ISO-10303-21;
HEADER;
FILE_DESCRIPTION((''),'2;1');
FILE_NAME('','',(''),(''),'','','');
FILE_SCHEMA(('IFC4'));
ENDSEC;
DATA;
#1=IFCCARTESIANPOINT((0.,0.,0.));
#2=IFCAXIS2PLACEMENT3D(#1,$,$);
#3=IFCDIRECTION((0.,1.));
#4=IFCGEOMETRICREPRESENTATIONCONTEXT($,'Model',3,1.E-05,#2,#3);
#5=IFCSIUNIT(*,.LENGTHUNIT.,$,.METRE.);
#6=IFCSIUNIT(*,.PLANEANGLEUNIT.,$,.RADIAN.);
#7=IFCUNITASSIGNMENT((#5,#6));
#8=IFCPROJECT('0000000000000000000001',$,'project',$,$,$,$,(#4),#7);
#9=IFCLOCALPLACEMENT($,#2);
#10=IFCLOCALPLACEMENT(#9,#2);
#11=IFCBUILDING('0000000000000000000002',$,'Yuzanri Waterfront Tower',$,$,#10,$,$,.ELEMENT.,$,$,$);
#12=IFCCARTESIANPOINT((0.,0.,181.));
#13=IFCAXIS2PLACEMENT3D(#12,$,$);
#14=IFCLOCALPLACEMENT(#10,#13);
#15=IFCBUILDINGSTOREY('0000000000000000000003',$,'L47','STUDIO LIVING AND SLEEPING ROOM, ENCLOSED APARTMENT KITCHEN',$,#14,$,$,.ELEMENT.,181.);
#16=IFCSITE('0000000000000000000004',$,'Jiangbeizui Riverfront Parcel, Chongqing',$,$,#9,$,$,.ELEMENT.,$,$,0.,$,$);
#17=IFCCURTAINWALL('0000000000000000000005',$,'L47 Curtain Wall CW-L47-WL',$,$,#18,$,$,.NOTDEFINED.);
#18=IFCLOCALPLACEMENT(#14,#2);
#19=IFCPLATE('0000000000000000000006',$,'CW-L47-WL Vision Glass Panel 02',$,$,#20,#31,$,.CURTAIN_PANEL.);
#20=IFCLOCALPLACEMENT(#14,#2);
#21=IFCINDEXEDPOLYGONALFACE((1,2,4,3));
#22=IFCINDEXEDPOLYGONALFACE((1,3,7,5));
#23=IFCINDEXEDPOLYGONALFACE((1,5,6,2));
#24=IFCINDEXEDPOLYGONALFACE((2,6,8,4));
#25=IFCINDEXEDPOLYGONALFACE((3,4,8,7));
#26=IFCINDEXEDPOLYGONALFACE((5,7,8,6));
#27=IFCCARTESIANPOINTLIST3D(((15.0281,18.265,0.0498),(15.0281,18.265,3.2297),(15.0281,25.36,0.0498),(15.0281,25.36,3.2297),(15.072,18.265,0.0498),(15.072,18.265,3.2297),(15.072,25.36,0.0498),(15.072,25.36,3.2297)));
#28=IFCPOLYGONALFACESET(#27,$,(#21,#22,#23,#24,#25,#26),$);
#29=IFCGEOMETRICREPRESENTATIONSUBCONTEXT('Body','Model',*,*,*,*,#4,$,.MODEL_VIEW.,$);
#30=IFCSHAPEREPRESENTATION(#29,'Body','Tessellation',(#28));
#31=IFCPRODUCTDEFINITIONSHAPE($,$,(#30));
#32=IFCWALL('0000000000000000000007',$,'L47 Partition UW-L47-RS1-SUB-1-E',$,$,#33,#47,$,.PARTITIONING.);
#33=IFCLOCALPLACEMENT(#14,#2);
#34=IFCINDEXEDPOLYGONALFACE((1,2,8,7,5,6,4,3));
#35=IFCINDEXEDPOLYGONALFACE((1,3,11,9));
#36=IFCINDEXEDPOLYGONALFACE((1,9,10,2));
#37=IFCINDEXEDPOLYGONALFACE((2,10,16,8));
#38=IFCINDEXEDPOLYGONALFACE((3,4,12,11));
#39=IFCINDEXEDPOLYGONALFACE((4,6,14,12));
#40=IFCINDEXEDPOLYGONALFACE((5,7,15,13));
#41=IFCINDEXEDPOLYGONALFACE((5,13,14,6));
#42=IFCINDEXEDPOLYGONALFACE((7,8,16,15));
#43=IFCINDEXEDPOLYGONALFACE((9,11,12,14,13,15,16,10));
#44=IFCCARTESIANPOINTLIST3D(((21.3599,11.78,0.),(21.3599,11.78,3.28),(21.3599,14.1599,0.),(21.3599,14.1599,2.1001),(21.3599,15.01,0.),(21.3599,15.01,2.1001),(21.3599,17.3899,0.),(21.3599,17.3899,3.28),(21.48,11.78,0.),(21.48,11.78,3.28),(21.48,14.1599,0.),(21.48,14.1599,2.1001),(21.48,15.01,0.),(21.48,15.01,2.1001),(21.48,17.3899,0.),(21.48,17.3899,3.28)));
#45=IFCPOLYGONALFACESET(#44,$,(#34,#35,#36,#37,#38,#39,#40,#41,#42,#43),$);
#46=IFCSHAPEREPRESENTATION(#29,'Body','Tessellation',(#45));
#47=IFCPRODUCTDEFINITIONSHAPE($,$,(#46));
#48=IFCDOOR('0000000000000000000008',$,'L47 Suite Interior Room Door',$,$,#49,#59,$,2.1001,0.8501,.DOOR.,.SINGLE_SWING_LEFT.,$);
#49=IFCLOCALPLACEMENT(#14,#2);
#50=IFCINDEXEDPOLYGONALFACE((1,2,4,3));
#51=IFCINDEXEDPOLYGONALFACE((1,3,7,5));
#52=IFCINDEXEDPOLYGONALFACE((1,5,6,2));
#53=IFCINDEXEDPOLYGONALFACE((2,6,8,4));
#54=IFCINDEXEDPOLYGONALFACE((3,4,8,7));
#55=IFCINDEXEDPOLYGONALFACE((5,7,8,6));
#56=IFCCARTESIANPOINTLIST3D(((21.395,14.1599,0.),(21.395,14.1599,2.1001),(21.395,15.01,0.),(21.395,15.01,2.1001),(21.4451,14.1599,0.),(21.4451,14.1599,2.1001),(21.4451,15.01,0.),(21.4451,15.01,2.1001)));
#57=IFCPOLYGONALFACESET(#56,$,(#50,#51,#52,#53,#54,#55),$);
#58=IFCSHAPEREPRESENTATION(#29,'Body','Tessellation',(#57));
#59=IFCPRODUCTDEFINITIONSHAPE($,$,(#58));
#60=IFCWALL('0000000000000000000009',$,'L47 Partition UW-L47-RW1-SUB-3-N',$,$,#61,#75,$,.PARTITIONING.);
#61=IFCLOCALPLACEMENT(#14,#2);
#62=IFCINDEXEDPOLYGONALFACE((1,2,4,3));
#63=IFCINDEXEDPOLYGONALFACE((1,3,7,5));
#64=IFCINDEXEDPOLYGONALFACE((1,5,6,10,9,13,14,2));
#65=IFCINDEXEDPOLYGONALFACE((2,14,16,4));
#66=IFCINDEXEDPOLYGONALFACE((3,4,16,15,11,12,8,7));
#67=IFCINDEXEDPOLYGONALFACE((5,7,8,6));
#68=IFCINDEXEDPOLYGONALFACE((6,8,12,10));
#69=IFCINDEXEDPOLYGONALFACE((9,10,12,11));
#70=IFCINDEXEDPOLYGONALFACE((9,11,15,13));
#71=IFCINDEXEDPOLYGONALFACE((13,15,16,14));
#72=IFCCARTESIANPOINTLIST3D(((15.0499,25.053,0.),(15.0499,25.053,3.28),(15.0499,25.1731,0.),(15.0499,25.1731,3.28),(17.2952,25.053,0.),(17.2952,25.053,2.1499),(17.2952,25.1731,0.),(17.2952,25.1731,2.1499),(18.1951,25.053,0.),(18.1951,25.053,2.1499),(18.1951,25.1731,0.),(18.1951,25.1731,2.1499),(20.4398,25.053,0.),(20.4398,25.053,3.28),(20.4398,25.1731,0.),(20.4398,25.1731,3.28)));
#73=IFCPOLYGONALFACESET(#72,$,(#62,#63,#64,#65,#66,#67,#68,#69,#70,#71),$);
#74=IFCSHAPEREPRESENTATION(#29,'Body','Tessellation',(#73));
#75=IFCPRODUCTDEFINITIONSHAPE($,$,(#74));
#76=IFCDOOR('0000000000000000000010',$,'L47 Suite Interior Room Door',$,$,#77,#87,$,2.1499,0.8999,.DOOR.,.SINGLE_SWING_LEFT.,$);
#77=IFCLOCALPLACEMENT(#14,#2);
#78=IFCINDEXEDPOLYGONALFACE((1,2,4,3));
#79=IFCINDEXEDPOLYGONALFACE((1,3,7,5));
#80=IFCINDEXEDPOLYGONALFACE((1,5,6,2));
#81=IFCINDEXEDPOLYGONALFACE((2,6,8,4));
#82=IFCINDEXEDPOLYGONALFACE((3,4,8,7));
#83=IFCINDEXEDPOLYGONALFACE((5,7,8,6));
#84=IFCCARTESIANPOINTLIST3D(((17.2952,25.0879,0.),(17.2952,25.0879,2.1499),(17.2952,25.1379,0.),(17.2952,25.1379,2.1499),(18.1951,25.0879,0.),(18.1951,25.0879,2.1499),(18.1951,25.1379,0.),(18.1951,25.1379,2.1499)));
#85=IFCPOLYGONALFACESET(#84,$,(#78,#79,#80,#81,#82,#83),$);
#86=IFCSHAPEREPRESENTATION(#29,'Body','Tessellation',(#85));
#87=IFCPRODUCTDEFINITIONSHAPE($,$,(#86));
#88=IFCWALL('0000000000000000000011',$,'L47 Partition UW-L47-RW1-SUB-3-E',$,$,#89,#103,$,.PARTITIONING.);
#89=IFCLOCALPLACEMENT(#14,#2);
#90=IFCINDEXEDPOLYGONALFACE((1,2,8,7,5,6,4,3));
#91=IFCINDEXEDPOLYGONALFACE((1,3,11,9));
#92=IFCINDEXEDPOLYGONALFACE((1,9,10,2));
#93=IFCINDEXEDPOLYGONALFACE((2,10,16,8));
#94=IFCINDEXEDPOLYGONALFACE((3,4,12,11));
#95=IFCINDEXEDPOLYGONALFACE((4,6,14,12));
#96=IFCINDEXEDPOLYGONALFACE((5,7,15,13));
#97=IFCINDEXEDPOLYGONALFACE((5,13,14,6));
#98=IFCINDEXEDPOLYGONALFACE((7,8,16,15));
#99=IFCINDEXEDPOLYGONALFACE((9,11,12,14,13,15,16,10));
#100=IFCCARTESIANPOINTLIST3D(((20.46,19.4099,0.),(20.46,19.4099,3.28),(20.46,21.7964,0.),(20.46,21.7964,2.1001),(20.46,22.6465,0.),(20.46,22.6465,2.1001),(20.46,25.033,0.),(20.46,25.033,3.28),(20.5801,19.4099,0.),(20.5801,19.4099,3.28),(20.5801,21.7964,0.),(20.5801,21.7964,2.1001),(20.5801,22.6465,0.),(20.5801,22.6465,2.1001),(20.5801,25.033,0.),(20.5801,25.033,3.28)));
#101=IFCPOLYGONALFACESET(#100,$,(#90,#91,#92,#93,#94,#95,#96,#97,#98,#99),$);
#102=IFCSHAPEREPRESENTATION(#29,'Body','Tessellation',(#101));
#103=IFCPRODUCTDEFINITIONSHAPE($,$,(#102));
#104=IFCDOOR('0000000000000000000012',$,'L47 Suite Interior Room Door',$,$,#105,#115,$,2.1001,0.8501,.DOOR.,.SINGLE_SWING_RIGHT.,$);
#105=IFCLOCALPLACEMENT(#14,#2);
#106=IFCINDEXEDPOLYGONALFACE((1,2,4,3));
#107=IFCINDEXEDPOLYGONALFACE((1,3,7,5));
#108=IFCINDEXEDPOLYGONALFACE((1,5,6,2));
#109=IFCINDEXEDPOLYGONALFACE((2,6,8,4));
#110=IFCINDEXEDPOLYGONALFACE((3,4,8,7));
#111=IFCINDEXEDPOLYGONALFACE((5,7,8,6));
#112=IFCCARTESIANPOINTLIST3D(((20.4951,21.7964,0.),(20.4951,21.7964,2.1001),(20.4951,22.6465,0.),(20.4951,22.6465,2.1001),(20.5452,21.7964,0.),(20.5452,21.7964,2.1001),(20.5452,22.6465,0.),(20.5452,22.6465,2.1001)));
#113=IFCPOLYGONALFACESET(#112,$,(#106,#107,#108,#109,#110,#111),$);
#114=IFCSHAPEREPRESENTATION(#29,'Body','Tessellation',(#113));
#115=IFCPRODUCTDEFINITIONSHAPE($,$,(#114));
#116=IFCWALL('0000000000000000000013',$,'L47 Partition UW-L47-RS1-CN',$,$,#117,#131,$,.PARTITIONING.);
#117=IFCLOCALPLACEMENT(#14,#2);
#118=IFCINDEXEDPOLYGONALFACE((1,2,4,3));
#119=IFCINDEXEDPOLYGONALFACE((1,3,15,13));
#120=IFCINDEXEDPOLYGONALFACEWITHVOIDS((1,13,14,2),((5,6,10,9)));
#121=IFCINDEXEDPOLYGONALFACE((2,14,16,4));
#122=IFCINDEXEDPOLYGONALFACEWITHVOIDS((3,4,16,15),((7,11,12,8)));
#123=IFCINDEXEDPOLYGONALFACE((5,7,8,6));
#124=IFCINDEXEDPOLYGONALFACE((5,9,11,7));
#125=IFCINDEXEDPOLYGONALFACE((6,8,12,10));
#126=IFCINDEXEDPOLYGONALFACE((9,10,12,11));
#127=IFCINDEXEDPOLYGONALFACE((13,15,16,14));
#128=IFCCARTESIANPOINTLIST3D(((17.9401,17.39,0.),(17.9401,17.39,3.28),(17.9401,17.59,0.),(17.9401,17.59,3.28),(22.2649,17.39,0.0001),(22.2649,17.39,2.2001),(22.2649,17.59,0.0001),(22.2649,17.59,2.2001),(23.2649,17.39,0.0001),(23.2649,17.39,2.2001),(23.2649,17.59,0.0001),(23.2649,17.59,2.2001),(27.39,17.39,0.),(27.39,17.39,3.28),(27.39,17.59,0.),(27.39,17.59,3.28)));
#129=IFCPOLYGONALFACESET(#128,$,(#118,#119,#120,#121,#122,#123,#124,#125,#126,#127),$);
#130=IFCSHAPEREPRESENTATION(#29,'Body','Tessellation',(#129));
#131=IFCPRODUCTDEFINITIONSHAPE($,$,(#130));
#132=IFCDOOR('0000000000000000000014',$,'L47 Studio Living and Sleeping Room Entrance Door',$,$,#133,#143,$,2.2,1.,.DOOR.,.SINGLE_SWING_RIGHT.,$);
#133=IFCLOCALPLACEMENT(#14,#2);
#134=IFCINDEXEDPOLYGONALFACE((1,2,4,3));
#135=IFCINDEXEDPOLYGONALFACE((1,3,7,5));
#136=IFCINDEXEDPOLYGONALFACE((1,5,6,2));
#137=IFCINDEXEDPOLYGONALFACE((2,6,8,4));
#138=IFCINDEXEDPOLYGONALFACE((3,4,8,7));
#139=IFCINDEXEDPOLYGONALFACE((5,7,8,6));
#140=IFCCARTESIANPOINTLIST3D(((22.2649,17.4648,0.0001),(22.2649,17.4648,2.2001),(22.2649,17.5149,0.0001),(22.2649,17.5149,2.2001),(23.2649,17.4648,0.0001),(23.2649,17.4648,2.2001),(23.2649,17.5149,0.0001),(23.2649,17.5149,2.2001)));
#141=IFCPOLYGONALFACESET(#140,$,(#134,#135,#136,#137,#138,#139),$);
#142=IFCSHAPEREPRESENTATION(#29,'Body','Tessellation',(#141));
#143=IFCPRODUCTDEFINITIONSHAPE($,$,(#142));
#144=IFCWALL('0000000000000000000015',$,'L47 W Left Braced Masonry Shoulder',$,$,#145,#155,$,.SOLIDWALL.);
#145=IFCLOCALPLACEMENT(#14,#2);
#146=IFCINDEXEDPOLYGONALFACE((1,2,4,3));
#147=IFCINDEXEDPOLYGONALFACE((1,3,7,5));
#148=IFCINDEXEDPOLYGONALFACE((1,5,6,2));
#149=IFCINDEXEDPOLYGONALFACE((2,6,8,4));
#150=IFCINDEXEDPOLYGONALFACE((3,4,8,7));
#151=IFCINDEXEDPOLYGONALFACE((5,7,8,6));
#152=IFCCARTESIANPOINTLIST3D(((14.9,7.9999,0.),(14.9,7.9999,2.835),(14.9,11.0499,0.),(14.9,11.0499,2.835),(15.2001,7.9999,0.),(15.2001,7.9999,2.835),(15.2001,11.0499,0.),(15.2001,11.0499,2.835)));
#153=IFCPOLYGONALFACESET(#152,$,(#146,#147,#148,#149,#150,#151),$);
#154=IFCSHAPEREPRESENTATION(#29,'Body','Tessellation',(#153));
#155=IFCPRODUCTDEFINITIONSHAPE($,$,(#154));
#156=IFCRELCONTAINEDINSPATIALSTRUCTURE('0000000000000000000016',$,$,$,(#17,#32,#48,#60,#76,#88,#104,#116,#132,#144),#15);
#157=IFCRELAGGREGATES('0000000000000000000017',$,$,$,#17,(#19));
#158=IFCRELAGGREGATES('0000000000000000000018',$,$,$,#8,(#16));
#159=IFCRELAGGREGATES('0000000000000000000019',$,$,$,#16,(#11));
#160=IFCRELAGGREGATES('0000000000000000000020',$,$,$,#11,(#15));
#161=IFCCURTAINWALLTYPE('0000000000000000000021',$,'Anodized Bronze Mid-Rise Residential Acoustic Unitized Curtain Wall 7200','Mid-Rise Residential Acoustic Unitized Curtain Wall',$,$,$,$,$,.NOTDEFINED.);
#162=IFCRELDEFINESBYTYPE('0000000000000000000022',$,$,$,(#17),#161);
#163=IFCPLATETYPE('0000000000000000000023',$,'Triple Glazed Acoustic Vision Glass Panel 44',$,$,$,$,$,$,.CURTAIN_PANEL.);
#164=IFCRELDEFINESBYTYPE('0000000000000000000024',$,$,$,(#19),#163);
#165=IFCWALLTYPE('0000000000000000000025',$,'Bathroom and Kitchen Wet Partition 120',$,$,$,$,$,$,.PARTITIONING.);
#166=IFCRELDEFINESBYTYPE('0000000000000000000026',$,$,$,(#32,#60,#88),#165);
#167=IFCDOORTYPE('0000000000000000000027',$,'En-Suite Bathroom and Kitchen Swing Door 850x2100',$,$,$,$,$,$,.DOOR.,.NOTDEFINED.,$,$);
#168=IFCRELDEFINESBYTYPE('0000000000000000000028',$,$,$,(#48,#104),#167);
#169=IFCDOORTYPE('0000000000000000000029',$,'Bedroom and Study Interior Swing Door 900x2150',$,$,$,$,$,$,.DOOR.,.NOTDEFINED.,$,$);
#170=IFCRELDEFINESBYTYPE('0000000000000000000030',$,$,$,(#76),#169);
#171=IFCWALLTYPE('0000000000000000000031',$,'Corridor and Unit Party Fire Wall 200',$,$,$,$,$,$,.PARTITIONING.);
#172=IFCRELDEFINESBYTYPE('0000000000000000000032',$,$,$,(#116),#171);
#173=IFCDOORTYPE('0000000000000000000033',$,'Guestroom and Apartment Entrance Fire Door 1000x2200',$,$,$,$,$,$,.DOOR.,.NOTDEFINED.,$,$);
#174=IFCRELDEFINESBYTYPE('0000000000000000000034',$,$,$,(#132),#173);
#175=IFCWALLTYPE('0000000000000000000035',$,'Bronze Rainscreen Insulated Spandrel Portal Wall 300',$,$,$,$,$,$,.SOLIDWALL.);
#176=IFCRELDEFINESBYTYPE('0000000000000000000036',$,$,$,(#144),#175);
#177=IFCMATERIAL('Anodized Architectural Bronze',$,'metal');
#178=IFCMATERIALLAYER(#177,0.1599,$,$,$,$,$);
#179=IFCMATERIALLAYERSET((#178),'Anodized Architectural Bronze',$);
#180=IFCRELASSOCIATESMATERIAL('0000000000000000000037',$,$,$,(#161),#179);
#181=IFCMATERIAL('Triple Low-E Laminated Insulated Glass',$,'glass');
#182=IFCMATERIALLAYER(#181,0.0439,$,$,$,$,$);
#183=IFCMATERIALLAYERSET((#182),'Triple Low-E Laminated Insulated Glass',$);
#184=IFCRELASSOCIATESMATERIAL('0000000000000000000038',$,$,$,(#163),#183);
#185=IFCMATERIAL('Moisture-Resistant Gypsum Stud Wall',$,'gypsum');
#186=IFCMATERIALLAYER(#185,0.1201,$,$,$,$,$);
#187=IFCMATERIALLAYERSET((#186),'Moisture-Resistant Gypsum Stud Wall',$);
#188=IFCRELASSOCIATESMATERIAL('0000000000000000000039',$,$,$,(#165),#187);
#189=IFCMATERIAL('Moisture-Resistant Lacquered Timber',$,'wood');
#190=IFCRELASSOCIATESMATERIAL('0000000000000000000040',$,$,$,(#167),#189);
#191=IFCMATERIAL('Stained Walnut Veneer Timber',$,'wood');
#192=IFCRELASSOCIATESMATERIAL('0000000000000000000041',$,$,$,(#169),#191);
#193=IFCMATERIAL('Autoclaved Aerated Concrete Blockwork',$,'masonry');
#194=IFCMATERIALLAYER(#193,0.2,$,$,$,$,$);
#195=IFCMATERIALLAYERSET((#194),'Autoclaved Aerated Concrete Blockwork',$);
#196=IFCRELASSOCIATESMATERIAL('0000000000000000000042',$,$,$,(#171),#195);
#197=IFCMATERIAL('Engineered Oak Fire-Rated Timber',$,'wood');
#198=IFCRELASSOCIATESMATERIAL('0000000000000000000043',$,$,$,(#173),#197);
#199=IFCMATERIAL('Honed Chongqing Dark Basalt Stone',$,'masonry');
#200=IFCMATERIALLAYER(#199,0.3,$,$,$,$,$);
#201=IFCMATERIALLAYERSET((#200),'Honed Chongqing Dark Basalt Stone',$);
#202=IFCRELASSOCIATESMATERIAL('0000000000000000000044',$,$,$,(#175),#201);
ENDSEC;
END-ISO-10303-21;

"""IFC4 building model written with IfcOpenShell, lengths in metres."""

from ifc_helpers import new_model, si_unit, direction, frame, frame_2d, origin, origin_2d, place, context, subcontext, project, spatial, rectangle, extrude, source, transform, mapped, material, layer, layer_set, type_object, element, fill, aggregate, save


model = new_model("IFC4")

# Units and contexts
model_context = context("Model", 3, precision=1e-05, world=origin(), true_north=direction((0.0, 1.0)))
body_context = subcontext(model_context, "Body", "Model", "MODEL_VIEW")
ifc_project = project(units=[si_unit("LENGTHUNIT", "METRE"), si_unit("PLANEANGLEUNIT", "RADIAN")], contexts=[model_context])

# Site, building, storey
site_placement = place(None, origin())
site = spatial("IfcSite", under=ifc_project, at=site_placement, Name="Jiangbeizui Riverfront Parcel, Chongqing", CompositionType="ELEMENT", RefElevation=0.0)
building_placement = place(site_placement, origin())
building = spatial("IfcBuilding", under=site, at=building_placement, Name="Yuzanri Waterfront Tower", CompositionType="ELEMENT")
storey_placement = place(building_placement, frame((0.0, 0.0, 181.0)))
storey = spatial("IfcBuildingStorey", under=building, at=storey_placement, Name="L47", Description="STUDIO LIVING AND SLEEPING ROOM, ENCLOSED APARTMENT KITCHEN", CompositionType="ELEMENT", Elevation=181.0)

# Curtain wall
ifc_material_1 = material(Name="Anodized Architectural Bronze", Category="metal")
ifc_layer_1 = layer(ifc_material_1, 0.1599)
ifc_layer_set_1 = layer_set([ifc_layer_1], Name="Anodized Architectural Bronze")
curtain_wall_type = type_object("IfcCurtainWallType", Name="Anodized Bronze Mid-Rise Residential Acoustic Unitized Curtain Wall 7200", Description="Mid-Rise Residential Acoustic Unitized Curtain Wall", PredefinedType="NOTDEFINED", material=ifc_layer_set_1)
curtain_wall_placement = place(storey_placement, origin())
curtain_wall = element("IfcCurtainWall", 1, at=curtain_wall_placement, inside=storey, type_object=curtain_wall_type, Name="L47 Curtain Wall CW-L47-WL", PredefinedType="NOTDEFINED")

# Plate
ifc_material_2 = material(Name="Triple Low-E Laminated Insulated Glass", Category="glass")
ifc_layer_2 = layer(ifc_material_2, 0.0439)
ifc_layer_set_2 = layer_set([ifc_layer_2], Name="Triple Low-E Laminated Insulated Glass")
plate_type_1 = type_object("IfcPlateType", Name="Triple Glazed Acoustic Vision Glass Panel 44", PredefinedType="CURTAIN_PANEL", material=ifc_layer_set_2)
shared_shape_1 = source(origin(), body_context, "Body", "SweptSolid", [
    extrude(rectangle(XDim=7.095, YDim=0.0439, at=origin_2d()), origin(), (0.0, 0.0, 1.0), 3.1799),
])
plate_1_placement = place(storey_placement, frame((15.05, 21.8125, 0.0498), z_axis=(0.0, 0.0, 1.0), x_axis=(0.0, 1.0, 0.0)))
plate_1 = element("IfcPlate", 2, at=plate_1_placement, type_object=plate_type_1, Name="CW-L47-WL Vision Glass Panel 02", PredefinedType="CURTAIN_PANEL", context=body_context, shape_type="MappedRepresentation", body=[
    mapped(shared_shape_1, transform((0.0, 0.0, 0.0), scale=1.0)),
])
aggregate(curtain_wall, [plate_1])

# Walls, openings, doors
ifc_material_3 = material(Name="Moisture-Resistant Gypsum Stud Wall", Category="gypsum")
ifc_layer_3 = layer(ifc_material_3, 0.1201)
ifc_layer_set_3 = layer_set([ifc_layer_3], Name="Moisture-Resistant Gypsum Stud Wall")
wall_type_1 = type_object("IfcWallType", Name="Bathroom and Kitchen Wet Partition 120", PredefinedType="PARTITIONING", material=ifc_layer_set_3)
wall_1_placement = place(storey_placement, frame((21.4199, 11.78, 0.0), z_axis=(0.0, 0.0, 1.0), x_axis=(0.0, 1.0, 0.0)))
wall_1 = element("IfcWall", 3, at=wall_1_placement, inside=storey, type_object=wall_type_1, Name="L47 Partition UW-L47-RS1-SUB-1-E", PredefinedType="PARTITIONING", context=body_context, shape_type="SweptSolid", body=[
    extrude(rectangle(XDim=5.6099, YDim=0.1201, at=frame_2d((2.8049, 0.0))), origin(), (0.0, 0.0, 1.0), 3.28),
])
opening_1_placement = place(wall_1_placement, frame((2.3799, 0.0, 0.0)))
opening_1 = element("IfcOpeningElement", 4, at=opening_1_placement, cuts=wall_1, PredefinedType="OPENING", context=body_context, shape_type="SweptSolid", body=[
    extrude(rectangle(XDim=0.8501, YDim=2.1001, at=frame_2d((0.425, 1.05))), frame((0.0, 0.075, 0.0), z_axis=(0.0, -1.0, 0.0), x_axis=(1.0, 0.0, 0.0)), (0.0, 0.0, 1.0), 0.1499),
])
ifc_material_4 = material(Name="Moisture-Resistant Lacquered Timber", Category="wood")
door_type_1 = type_object("IfcDoorType", Name="En-Suite Bathroom and Kitchen Swing Door 850x2100", OperationType="NOTDEFINED", PredefinedType="DOOR", material=ifc_material_4)
shared_shape_2 = source(origin(), body_context, "Body", "SweptSolid", [
    extrude(rectangle(XDim=0.8501, YDim=2.1001, at=frame_2d((0.425, 1.05))), frame((0.0, 0.0249, 0.0), z_axis=(0.0, -1.0, 0.0), x_axis=(1.0, 0.0, 0.0)), (0.0, 0.0, 1.0), 0.05),
])
door_1_placement = place(opening_1_placement, origin())
door_1 = element("IfcDoor", 5, at=door_1_placement, inside=storey, type_object=door_type_1, Name="L47 Suite Interior Room Door", OperationType="SINGLE_SWING_LEFT", OverallHeight=2.1001, OverallWidth=0.8501, PredefinedType="DOOR", context=body_context, shape_type="MappedRepresentation", body=[
    mapped(shared_shape_2, transform((0.0, 0.0, 0.0), scale=1.0)),
])
fill(opening_1, door_1)
wall_2_placement = place(storey_placement, frame((15.05, 25.113, 0.0), z_axis=(0.0, 0.0, 1.0), x_axis=(1.0, 0.0, 0.0)))
wall_2 = element("IfcWall", 6, at=wall_2_placement, inside=storey, type_object=wall_type_1, Name="L47 Partition UW-L47-RW1-SUB-3-N", PredefinedType="PARTITIONING", context=body_context, shape_type="SweptSolid", body=[
    extrude(rectangle(XDim=5.3899, YDim=0.1201, at=frame_2d((2.6948, 0.0))), origin(), (0.0, 0.0, 1.0), 3.28),
])
opening_2_placement = place(wall_2_placement, frame((2.2451, 0.0, 0.0)))
opening_2 = element("IfcOpeningElement", 7, at=opening_2_placement, cuts=wall_2, PredefinedType="OPENING", context=body_context, shape_type="SweptSolid", body=[
    extrude(rectangle(XDim=0.8999, YDim=2.1499, at=frame_2d((0.45, 1.075))), frame((0.0, 0.075, 0.0), z_axis=(0.0, -1.0, 0.0), x_axis=(1.0, 0.0, 0.0)), (0.0, 0.0, 1.0), 0.1499),
])
ifc_material_5 = material(Name="Stained Walnut Veneer Timber", Category="wood")
door_type_2 = type_object("IfcDoorType", Name="Bedroom and Study Interior Swing Door 900x2150", OperationType="NOTDEFINED", PredefinedType="DOOR", material=ifc_material_5)
shared_shape_3 = source(origin(), body_context, "Body", "SweptSolid", [
    extrude(rectangle(XDim=0.8999, YDim=2.1499, at=frame_2d((0.45, 1.075))), frame((0.0, 0.0249, 0.0), z_axis=(0.0, -1.0, 0.0), x_axis=(1.0, 0.0, 0.0)), (0.0, 0.0, 1.0), 0.05),
])
door_2_placement = place(opening_2_placement, origin())
door_2 = element("IfcDoor", 8, at=door_2_placement, inside=storey, type_object=door_type_2, Name="L47 Suite Interior Room Door", OperationType="SINGLE_SWING_LEFT", OverallHeight=2.1499, OverallWidth=0.8999, PredefinedType="DOOR", context=body_context, shape_type="MappedRepresentation", body=[
    mapped(shared_shape_3, transform((0.0, 0.0, 0.0), scale=1.0)),
])
fill(opening_2, door_2)
wall_3_placement = place(storey_placement, frame((20.52, 19.4099, 0.0), z_axis=(0.0, 0.0, 1.0), x_axis=(0.0, 1.0, 0.0)))
wall_3 = element("IfcWall", 9, at=wall_3_placement, inside=storey, type_object=wall_type_1, Name="L47 Partition UW-L47-RW1-SUB-3-E", PredefinedType="PARTITIONING", context=body_context, shape_type="SweptSolid", body=[
    extrude(rectangle(XDim=5.623, YDim=0.1201, at=frame_2d((2.8115, 0.0))), origin(), (0.0, 0.0, 1.0), 3.28),
])
opening_3_placement = place(wall_3_placement, frame((2.3865, 0.0, 0.0)))
opening_3 = element("IfcOpeningElement", 10, at=opening_3_placement, cuts=wall_3, PredefinedType="OPENING", context=body_context, shape_type="SweptSolid", body=[
    extrude(rectangle(XDim=0.8501, YDim=2.1001, at=frame_2d((0.425, 1.05))), frame((0.0, 0.075, 0.0), z_axis=(0.0, -1.0, 0.0), x_axis=(1.0, 0.0, 0.0)), (0.0, 0.0, 1.0), 0.1499),
])
door_3_placement = place(opening_3_placement, origin())
door_3 = element("IfcDoor", 11, at=door_3_placement, inside=storey, type_object=door_type_1, Name="L47 Suite Interior Room Door", OperationType="SINGLE_SWING_RIGHT", OverallHeight=2.1001, OverallWidth=0.8501, PredefinedType="DOOR", context=body_context, shape_type="MappedRepresentation", body=[
    mapped(shared_shape_2, transform((0.0, 0.0, 0.0), scale=1.0)),
])
fill(opening_3, door_3)
ifc_material_6 = material(Name="Autoclaved Aerated Concrete Blockwork", Category="masonry")
ifc_layer_4 = layer(ifc_material_6, 0.2)
ifc_layer_set_4 = layer_set([ifc_layer_4], Name="Autoclaved Aerated Concrete Blockwork")
wall_type_2 = type_object("IfcWallType", Name="Corridor and Unit Party Fire Wall 200", PredefinedType="PARTITIONING", material=ifc_layer_set_4)
wall_4_placement = place(storey_placement, frame((17.9399, 17.49, 0.0), z_axis=(0.0, 0.0, 1.0), x_axis=(1.0, 0.0, 0.0)))
wall_4 = element("IfcWall", 12, at=wall_4_placement, inside=storey, type_object=wall_type_2, Name="L47 Partition UW-L47-RS1-CN", PredefinedType="PARTITIONING", context=body_context, shape_type="SweptSolid", body=[
    extrude(rectangle(XDim=9.45, YDim=0.2, at=frame_2d((4.7251, 0.0))), origin(), (0.0, 0.0, 1.0), 3.28),
])
opening_4_placement = place(wall_4_placement, frame((4.325, 0.0, 0.0)))
opening_4 = element("IfcOpeningElement", 13, at=opening_4_placement, cuts=wall_4, PredefinedType="OPENING", context=body_context, shape_type="SweptSolid", body=[
    extrude(rectangle(XDim=1.0, YDim=2.2, at=frame_2d((0.5, 1.1001))), frame((0.0, 0.1147, 0.0), z_axis=(0.0, -1.0, 0.0), x_axis=(1.0, 0.0, 0.0)), (0.0, 0.0, 1.0), 0.2297),
])
ifc_material_7 = material(Name="Engineered Oak Fire-Rated Timber", Category="wood")
door_type_3 = type_object("IfcDoorType", Name="Guestroom and Apartment Entrance Fire Door 1000x2200", OperationType="NOTDEFINED", PredefinedType="DOOR", material=ifc_material_7)
shared_shape_4 = source(origin(), body_context, "Body", "SweptSolid", [
    extrude(rectangle(XDim=1.0, YDim=2.2, at=frame_2d((0.5, 1.1001))), frame((0.0, 0.0249, 0.0), z_axis=(0.0, -1.0, 0.0), x_axis=(1.0, 0.0, 0.0)), (0.0, 0.0, 1.0), 0.05),
])
door_4_placement = place(opening_4_placement, origin())
door_4 = element("IfcDoor", 14, at=door_4_placement, inside=storey, type_object=door_type_3, Name="L47 Studio Living and Sleeping Room Entrance Door", OperationType="SINGLE_SWING_RIGHT", OverallHeight=2.2, OverallWidth=1.0, PredefinedType="DOOR", context=body_context, shape_type="MappedRepresentation", body=[
    mapped(shared_shape_4, transform((0.0, 0.0, 0.0), scale=1.0)),
])
fill(opening_4, door_4)

# Wall
ifc_material_8 = material(Name="Honed Chongqing Dark Basalt Stone", Category="masonry")
ifc_layer_5 = layer(ifc_material_8, 0.3)
ifc_layer_set_5 = layer_set([ifc_layer_5], Name="Honed Chongqing Dark Basalt Stone")
wall_type_3 = type_object("IfcWallType", Name="Bronze Rainscreen Insulated Spandrel Portal Wall 300", PredefinedType="SOLIDWALL", material=ifc_layer_set_5)
shared_shape_5 = source(origin(), body_context, "Body", "SweptSolid", [
    extrude(rectangle(XDim=3.05, YDim=0.3, at=frame_2d((1.5249, 0.0))), origin(), (0.0, 0.0, 1.0), 2.835),
])
wall_5_placement = place(storey_placement, frame((15.05, 8.0, 0.0), z_axis=(0.0, 0.0, 1.0), x_axis=(0.0, 1.0, 0.0)))
element("IfcWall", 15, at=wall_5_placement, inside=storey, type_object=wall_type_3, Name="L47 W Left Braced Masonry Shoulder", PredefinedType="SOLIDWALL", context=body_context, shape_type="MappedRepresentation", body=[
    mapped(shared_shape_5, transform((0.0, 0.0, 0.0), scale=1.0)),
])

save(model, "model.ifc")
